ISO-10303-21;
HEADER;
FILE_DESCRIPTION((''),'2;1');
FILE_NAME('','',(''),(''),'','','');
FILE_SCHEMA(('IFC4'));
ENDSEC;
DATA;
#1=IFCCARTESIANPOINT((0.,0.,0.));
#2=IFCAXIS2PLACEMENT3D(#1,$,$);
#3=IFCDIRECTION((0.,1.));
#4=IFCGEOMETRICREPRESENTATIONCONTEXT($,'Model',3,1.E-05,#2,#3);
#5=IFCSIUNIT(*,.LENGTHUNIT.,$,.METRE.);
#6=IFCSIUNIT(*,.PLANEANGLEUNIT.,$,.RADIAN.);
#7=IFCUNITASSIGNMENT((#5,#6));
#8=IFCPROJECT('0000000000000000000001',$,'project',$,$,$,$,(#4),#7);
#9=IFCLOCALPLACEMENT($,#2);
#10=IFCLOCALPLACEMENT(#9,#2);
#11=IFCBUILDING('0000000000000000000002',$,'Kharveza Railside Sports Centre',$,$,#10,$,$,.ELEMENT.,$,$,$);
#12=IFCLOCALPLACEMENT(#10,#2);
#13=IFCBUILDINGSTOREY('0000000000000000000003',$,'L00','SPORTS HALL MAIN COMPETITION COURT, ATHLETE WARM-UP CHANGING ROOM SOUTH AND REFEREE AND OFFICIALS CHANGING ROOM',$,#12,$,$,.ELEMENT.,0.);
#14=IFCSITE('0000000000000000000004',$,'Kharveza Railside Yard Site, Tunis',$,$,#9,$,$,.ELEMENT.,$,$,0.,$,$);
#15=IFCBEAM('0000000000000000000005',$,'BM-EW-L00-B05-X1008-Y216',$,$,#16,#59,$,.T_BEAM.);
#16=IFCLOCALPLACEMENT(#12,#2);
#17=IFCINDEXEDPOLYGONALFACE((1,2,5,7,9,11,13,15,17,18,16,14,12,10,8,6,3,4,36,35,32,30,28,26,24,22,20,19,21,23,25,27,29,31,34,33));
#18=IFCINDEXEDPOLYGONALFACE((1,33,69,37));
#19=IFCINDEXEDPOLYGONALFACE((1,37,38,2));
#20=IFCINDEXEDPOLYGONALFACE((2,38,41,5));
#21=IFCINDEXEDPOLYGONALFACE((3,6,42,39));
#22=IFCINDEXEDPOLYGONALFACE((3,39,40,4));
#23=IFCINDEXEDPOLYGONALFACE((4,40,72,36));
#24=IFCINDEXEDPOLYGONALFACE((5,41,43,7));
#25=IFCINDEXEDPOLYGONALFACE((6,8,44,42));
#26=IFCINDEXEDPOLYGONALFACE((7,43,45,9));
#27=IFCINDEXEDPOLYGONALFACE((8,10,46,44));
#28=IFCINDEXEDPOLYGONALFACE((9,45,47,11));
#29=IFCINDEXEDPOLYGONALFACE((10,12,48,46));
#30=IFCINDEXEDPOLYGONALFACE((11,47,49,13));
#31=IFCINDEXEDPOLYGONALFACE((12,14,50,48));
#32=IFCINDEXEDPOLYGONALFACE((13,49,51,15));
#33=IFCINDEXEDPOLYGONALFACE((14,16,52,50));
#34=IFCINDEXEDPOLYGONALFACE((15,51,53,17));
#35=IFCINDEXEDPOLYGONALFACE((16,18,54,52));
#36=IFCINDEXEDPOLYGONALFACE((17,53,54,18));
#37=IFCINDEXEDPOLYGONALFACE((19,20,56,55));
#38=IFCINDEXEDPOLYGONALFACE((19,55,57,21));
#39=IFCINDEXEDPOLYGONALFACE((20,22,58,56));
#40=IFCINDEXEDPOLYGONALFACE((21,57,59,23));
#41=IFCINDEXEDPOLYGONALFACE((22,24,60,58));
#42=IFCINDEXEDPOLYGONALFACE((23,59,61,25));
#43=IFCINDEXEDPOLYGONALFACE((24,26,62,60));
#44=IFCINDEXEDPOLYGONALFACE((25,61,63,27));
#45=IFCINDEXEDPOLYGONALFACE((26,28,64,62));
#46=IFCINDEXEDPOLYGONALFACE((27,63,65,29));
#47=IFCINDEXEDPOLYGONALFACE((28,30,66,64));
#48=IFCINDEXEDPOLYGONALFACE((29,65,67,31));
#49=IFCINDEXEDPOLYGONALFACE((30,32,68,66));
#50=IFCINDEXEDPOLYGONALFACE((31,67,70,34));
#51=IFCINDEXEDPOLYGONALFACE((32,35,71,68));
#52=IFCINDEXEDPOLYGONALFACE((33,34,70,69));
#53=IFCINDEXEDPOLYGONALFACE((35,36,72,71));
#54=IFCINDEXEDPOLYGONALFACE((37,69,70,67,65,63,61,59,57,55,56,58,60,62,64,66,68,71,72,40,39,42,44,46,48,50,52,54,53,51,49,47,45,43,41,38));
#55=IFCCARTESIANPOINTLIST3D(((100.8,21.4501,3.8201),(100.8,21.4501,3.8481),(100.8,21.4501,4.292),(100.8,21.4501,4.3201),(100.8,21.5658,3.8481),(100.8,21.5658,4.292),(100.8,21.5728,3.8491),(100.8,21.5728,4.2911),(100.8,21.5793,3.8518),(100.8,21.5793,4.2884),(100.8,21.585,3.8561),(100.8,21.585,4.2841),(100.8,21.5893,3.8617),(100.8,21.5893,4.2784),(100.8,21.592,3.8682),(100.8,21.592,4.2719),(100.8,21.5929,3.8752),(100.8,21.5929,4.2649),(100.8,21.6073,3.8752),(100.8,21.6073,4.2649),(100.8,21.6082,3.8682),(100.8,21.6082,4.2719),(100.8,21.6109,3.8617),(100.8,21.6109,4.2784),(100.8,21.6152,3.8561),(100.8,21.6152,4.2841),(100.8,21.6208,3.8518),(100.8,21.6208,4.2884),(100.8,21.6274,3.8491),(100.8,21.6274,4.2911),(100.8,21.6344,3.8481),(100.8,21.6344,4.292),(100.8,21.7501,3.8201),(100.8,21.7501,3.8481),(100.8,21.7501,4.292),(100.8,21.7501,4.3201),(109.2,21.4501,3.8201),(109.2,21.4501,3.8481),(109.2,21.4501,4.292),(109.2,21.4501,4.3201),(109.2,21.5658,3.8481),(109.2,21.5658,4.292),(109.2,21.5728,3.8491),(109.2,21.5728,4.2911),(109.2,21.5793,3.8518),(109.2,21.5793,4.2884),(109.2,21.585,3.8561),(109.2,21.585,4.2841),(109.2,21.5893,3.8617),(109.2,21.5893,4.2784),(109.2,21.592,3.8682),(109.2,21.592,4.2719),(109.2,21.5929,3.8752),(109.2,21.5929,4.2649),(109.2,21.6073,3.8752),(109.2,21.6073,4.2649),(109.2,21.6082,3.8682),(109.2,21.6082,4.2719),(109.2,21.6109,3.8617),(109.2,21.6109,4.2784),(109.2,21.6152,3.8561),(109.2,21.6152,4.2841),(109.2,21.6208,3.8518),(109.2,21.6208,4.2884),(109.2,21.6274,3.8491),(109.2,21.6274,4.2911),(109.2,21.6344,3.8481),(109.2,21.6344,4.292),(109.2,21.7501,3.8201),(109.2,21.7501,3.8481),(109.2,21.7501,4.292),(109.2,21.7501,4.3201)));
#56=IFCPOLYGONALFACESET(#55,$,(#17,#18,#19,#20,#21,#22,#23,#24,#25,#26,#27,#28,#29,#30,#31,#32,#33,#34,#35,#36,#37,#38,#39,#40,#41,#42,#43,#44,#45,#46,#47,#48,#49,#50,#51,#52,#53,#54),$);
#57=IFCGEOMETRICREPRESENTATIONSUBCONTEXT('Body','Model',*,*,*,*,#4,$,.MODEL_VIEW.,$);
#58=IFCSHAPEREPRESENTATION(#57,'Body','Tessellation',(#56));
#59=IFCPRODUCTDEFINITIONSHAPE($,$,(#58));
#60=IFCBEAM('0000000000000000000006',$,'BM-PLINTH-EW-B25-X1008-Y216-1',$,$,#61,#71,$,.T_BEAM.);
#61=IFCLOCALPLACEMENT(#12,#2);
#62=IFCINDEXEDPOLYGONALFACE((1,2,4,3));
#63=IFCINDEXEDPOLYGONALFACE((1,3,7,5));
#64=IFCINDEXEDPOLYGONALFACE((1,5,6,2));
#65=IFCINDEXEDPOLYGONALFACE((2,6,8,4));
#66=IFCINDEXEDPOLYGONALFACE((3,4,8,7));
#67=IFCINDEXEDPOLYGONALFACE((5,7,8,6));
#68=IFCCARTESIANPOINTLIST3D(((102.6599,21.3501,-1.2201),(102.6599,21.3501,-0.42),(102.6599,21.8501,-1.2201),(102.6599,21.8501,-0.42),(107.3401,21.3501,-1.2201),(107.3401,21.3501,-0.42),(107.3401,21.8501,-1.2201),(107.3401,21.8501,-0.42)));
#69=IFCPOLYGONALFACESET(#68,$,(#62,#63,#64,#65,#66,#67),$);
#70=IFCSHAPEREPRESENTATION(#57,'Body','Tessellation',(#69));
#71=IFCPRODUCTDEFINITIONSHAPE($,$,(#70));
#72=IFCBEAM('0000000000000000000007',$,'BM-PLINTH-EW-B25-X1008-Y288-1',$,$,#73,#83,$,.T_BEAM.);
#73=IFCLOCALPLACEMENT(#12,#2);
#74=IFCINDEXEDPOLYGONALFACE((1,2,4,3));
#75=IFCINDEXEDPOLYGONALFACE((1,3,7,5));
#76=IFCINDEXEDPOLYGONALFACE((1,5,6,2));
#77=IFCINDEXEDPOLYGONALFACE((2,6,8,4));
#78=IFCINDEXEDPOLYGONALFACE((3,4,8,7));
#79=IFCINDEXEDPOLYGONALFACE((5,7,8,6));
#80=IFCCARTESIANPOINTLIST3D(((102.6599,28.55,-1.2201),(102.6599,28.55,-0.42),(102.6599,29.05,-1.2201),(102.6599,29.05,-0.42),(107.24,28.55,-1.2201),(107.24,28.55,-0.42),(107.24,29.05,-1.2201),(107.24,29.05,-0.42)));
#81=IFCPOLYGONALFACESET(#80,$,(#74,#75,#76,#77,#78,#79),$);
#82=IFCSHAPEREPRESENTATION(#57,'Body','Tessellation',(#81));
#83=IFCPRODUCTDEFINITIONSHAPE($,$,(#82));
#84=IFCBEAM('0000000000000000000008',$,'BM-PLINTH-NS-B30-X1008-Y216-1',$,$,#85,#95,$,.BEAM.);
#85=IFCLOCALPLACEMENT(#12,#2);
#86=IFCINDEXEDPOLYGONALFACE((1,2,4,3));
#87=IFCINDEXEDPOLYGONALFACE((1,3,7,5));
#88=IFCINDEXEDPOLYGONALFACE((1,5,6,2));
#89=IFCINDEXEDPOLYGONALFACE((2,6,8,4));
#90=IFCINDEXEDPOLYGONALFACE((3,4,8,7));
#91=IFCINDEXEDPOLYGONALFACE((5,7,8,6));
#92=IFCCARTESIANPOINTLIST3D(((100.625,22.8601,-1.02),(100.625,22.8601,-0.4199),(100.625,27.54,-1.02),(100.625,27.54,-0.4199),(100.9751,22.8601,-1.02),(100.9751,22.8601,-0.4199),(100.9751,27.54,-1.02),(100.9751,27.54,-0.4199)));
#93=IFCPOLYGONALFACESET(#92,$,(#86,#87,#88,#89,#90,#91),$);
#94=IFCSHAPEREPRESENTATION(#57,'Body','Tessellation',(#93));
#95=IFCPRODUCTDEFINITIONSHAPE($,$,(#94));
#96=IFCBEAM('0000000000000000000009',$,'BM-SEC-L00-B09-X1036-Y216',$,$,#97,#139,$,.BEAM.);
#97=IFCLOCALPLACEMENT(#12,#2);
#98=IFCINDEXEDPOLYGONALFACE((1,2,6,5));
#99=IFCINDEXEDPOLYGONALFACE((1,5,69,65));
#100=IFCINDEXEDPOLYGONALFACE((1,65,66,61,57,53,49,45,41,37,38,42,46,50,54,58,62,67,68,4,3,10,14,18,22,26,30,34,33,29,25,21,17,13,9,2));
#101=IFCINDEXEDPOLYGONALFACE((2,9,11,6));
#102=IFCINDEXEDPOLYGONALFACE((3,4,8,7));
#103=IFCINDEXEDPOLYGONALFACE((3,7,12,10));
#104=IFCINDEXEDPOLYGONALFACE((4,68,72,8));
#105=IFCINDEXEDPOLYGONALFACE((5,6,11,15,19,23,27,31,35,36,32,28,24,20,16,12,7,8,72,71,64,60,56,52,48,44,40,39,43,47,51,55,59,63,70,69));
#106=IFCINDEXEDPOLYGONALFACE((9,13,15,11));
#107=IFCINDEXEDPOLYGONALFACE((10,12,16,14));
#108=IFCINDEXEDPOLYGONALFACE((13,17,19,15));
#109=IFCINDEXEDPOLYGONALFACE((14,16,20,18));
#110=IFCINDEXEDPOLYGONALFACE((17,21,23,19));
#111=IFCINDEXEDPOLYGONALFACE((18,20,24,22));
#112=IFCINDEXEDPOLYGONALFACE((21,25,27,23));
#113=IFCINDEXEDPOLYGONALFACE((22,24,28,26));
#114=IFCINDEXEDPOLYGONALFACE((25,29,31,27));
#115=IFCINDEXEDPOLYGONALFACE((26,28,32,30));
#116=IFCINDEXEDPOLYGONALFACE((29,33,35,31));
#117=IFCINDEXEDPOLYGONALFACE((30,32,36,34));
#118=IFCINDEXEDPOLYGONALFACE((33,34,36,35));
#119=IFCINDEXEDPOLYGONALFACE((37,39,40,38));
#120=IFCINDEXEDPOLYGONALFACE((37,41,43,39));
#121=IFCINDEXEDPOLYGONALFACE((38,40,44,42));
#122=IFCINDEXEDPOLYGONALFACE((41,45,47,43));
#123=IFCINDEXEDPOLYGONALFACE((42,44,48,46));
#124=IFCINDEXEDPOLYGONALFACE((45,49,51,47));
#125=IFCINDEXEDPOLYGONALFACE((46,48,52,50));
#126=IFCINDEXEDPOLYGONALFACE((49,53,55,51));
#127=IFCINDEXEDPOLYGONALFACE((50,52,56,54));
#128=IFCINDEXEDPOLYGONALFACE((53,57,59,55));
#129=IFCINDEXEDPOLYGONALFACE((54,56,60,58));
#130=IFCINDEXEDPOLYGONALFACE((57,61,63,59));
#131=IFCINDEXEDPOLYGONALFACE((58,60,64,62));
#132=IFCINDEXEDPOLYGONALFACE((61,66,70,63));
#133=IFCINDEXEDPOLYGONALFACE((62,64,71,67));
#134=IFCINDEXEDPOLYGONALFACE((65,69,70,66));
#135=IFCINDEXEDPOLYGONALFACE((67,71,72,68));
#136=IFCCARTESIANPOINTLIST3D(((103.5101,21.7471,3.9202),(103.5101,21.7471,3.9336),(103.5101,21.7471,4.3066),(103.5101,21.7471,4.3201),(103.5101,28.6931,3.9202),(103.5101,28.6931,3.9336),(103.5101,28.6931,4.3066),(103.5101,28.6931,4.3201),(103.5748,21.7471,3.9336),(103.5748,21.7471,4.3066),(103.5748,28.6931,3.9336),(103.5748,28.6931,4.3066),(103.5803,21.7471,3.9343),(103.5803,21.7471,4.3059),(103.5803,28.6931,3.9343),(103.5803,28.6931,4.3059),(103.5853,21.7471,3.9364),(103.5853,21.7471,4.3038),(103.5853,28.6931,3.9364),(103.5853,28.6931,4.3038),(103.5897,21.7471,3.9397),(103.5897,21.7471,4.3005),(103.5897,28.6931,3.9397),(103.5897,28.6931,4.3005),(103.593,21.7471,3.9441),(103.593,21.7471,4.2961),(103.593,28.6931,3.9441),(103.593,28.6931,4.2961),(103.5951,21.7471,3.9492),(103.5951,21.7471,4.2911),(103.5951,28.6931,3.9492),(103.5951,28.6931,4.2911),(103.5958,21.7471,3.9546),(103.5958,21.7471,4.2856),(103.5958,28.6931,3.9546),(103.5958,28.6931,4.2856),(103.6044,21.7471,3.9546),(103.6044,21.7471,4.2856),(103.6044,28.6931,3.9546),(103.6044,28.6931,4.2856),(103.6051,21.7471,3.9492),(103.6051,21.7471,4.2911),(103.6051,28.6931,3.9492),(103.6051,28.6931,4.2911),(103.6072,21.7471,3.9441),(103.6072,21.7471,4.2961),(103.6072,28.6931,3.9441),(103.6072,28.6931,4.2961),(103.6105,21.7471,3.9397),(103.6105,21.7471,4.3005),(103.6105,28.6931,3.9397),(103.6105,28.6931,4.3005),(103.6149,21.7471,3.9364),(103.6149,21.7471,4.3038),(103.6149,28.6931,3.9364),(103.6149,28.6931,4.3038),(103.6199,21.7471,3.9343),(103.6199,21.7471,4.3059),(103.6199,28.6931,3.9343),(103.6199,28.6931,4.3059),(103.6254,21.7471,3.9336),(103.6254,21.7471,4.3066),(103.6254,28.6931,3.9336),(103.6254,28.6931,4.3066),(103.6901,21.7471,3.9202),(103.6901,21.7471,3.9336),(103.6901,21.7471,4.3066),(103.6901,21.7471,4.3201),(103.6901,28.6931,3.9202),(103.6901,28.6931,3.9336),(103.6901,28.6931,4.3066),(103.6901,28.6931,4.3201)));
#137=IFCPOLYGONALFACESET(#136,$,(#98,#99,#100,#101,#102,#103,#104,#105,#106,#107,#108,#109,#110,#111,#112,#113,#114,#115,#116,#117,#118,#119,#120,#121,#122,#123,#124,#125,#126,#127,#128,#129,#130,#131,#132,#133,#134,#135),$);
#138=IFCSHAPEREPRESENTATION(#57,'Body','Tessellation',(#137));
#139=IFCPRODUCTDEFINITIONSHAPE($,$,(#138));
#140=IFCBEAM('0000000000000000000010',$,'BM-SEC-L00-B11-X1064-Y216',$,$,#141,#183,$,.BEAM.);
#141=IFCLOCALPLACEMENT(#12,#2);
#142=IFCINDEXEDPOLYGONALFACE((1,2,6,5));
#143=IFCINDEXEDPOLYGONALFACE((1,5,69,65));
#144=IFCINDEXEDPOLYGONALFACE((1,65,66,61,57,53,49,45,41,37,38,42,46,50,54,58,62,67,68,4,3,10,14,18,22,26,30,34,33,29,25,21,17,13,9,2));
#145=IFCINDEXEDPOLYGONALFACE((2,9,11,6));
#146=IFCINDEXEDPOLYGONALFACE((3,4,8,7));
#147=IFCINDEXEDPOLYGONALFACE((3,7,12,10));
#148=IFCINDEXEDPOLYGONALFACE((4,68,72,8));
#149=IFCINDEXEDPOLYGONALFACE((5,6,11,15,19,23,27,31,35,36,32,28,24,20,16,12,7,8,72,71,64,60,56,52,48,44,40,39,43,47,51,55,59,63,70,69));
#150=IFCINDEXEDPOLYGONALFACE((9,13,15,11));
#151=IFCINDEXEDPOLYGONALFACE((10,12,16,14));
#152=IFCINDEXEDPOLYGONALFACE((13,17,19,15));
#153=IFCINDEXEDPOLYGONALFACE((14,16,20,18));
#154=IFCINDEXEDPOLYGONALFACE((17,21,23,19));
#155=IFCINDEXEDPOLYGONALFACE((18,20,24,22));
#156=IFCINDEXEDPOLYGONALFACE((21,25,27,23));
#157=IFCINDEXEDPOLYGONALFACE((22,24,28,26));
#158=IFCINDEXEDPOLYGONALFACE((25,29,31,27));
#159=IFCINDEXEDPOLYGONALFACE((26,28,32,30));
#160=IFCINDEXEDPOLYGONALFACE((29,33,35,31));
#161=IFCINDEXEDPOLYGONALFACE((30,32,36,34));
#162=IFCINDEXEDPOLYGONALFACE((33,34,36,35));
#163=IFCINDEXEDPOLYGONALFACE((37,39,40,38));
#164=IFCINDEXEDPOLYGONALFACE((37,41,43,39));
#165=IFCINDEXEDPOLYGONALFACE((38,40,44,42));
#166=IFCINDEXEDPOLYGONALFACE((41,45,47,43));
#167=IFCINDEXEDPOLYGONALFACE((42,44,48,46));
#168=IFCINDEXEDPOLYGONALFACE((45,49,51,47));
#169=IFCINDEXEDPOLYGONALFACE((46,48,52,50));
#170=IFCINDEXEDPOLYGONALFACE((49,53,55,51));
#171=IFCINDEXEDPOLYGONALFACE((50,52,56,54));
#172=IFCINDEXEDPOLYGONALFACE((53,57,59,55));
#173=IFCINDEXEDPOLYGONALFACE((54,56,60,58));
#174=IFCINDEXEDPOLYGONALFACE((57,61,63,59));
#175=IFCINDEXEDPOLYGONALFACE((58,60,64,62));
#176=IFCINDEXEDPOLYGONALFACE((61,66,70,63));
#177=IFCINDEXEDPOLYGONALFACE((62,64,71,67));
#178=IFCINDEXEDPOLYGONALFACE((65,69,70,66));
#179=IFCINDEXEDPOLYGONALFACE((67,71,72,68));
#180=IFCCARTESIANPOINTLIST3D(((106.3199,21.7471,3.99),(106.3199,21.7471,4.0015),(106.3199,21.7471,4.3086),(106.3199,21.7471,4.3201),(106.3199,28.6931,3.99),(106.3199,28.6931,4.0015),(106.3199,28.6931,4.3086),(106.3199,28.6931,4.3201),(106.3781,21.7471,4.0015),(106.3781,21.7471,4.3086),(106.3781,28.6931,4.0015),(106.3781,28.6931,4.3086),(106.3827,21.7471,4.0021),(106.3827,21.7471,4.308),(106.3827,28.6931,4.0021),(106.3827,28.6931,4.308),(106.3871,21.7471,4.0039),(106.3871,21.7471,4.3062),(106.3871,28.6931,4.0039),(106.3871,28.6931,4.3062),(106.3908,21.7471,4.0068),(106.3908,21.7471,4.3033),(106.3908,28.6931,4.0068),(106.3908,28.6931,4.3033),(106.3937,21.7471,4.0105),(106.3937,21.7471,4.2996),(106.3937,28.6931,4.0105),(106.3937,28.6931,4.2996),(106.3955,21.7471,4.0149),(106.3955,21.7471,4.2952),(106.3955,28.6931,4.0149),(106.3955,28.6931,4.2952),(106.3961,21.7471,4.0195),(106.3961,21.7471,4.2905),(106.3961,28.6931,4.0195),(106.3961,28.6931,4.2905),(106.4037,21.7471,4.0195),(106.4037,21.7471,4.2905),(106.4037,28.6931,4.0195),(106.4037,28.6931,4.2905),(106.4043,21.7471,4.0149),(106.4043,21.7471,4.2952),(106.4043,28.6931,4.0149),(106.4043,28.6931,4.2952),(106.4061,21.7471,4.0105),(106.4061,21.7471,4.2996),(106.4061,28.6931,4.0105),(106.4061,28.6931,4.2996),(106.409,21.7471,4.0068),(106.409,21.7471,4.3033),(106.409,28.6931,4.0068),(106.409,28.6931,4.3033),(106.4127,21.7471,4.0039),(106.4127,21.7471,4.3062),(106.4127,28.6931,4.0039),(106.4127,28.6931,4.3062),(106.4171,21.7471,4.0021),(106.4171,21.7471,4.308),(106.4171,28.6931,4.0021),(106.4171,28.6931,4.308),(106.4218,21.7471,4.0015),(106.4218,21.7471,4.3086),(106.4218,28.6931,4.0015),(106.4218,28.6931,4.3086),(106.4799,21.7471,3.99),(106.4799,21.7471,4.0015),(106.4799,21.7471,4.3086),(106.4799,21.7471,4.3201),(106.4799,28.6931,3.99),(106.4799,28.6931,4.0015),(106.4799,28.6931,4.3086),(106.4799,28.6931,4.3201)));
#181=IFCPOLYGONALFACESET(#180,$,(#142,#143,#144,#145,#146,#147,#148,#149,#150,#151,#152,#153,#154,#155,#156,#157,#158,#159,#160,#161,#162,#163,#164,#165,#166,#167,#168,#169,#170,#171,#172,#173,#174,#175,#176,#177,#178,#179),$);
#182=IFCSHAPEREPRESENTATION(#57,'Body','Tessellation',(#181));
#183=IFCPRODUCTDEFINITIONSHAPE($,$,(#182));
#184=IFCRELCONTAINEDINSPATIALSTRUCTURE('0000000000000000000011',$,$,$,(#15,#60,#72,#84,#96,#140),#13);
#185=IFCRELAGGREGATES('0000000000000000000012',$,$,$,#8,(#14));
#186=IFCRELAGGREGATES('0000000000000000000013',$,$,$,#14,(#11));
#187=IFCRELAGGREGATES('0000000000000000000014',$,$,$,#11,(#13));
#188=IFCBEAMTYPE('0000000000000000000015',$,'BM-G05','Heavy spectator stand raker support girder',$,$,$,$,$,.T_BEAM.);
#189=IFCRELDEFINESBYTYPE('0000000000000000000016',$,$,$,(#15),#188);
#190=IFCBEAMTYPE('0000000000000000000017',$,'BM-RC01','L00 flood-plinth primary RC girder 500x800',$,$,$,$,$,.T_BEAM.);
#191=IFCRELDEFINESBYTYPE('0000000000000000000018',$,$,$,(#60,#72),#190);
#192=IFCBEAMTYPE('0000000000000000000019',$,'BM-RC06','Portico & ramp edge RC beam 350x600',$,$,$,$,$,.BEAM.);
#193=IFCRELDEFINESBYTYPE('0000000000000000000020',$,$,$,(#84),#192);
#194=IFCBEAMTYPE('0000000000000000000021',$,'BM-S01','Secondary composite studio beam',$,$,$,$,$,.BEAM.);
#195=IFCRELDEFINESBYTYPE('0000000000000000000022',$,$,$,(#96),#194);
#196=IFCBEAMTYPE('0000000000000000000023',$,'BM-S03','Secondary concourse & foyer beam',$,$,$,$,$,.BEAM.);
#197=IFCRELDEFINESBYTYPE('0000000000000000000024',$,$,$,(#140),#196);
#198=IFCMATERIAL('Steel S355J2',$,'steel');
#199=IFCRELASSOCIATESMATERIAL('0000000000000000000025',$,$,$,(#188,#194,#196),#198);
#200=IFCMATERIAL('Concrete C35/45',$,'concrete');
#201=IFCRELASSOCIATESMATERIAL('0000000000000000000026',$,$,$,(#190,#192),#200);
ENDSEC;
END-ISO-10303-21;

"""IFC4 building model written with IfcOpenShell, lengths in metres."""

from ifc_helpers import new_model, si_unit, direction, frame, origin, origin_2d, place, context, subcontext, project, spatial, rectangle, i_section, extrude, material, material_profile, profile_set, type_object, element, save


model = new_model("IFC4")

# Units and contexts
model_context = context("Model", 3, precision=1e-05, world=origin(), true_north=direction((0.0, 1.0)))
body_context = subcontext(model_context, "Body", "Model", "MODEL_VIEW")
ifc_project = project(units=[si_unit("LENGTHUNIT", "METRE"), si_unit("PLANEANGLEUNIT", "RADIAN")], contexts=[model_context])

# Site, building, storey
site_placement = place(None, origin())
site = spatial("IfcSite", under=ifc_project, at=site_placement, Name="Kharveza Railside Yard Site, Tunis", CompositionType="ELEMENT", RefElevation=0.0)
building_placement = place(site_placement, origin())
building = spatial("IfcBuilding", under=site, at=building_placement, Name="Kharveza Railside Sports Centre", CompositionType="ELEMENT")
storey_placement = place(building_placement, origin())
storey = spatial("IfcBuildingStorey", under=building, at=storey_placement, Name="L00", Description="SPORTS HALL MAIN COMPETITION COURT, ATHLETE WARM-UP CHANGING ROOM SOUTH AND REFEREE AND OFFICIALS CHANGING ROOM", CompositionType="ELEMENT", Elevation=0.0)

# Shared definitions
ifc_material_1 = material(Name="Concrete C35/45", Category="concrete")

# Shared definitions
ifc_material_2 = material(Name="Steel S355J2", Category="steel")

# Beams
ifc_material_profile_1 = material_profile(ifc_material_2, i_section(OverallWidth=0.3, OverallDepth=0.5, WebThickness=0.0144, FlangeThickness=0.0281, FilletRadius=0.0271, at=origin_2d()), Name="HEB 500")
ifc_profile_set_1 = profile_set([ifc_material_profile_1], Name="Steel S355J2")
beam_type_1 = type_object("IfcBeamType", Name="BM-G05", Description="Heavy spectator stand raker support girder", PredefinedType="T_BEAM", material=ifc_profile_set_1)
beam_1_placement = place(storey_placement, frame((100.8, 21.6001, 4.0701), z_axis=(1.0, 0.0, 0.0), x_axis=(0.0, 1.0, 0.0)))
element("IfcBeam", 1, at=beam_1_placement, inside=storey, type_object=beam_type_1, Name="BM-EW-L00-B05-X1008-Y216", PredefinedType="T_BEAM", context=body_context, shape_type="SweptSolid", body=[
    extrude(i_section(OverallWidth=0.3, OverallDepth=0.5, WebThickness=0.0144, FlangeThickness=0.0281, FilletRadius=0.0271, at=origin_2d()), origin(), (0.0, 0.0, 1.0), 8.3999),
])
ifc_material_profile_2 = material_profile(ifc_material_1, rectangle(XDim=0.5, YDim=0.8, at=origin_2d()), Name="RCB 500x800")
ifc_profile_set_2 = profile_set([ifc_material_profile_2], Name="Concrete C35/45")
beam_type_2 = type_object("IfcBeamType", Name="BM-RC01", Description="L00 flood-plinth primary RC girder 500x800", PredefinedType="T_BEAM", material=ifc_profile_set_2)
beam_2_placement = place(storey_placement, frame((102.6599, 21.6001, -0.8201), z_axis=(1.0, 0.0, 0.0), x_axis=(0.0, 1.0, 0.0)))
element("IfcBeam", 2, at=beam_2_placement, inside=storey, type_object=beam_type_2, Name="BM-PLINTH-EW-B25-X1008-Y216-1", PredefinedType="T_BEAM", context=body_context, shape_type="SweptSolid", body=[
    extrude(rectangle(XDim=0.5, YDim=0.8, at=origin_2d()), origin(), (0.0, 0.0, 1.0), 4.6802),
])
beam_3_placement = place(storey_placement, frame((102.6599, 28.8, -0.8201), z_axis=(1.0, 0.0, 0.0), x_axis=(0.0, 1.0, 0.0)))
element("IfcBeam", 3, at=beam_3_placement, inside=storey, type_object=beam_type_2, Name="BM-PLINTH-EW-B25-X1008-Y288-1", PredefinedType="T_BEAM", context=body_context, shape_type="SweptSolid", body=[
    extrude(rectangle(XDim=0.5, YDim=0.8, at=origin_2d()), origin(), (0.0, 0.0, 1.0), 4.5801),
])
ifc_material_profile_3 = material_profile(ifc_material_1, rectangle(XDim=0.3501, YDim=0.6001, at=origin_2d()), Name="RCB 350x600")
ifc_profile_set_3 = profile_set([ifc_material_profile_3], Name="Concrete C35/45")
beam_type_3 = type_object("IfcBeamType", Name="BM-RC06", Description="Portico & ramp edge RC beam 350x600", PredefinedType="BEAM", material=ifc_profile_set_3)
beam_4_placement = place(storey_placement, frame((100.8, 22.8601, -0.72), z_axis=(0.0, 1.0, 0.0), x_axis=(-1.0, 0.0, 0.0)))
element("IfcBeam", 4, at=beam_4_placement, inside=storey, type_object=beam_type_3, Name="BM-PLINTH-NS-B30-X1008-Y216-1", PredefinedType="BEAM", context=body_context, shape_type="SweptSolid", body=[
    extrude(rectangle(XDim=0.3501, YDim=0.6001, at=origin_2d()), origin(), (0.0, 0.0, 1.0), 4.6799),
])
ifc_material_profile_4 = material_profile(ifc_material_2, i_section(OverallWidth=0.1799, OverallDepth=0.3999, WebThickness=0.0085, FlangeThickness=0.0134, FilletRadius=0.021, at=origin_2d()), Name="IPE 400")
ifc_profile_set_4 = profile_set([ifc_material_profile_4], Name="Steel S355J2")
beam_type_4 = type_object("IfcBeamType", Name="BM-S01", Description="Secondary composite studio beam", PredefinedType="BEAM", material=ifc_profile_set_4)
beam_5_placement = place(storey_placement, frame((103.6001, 21.7471, 4.1201), z_axis=(0.0, 1.0, 0.0), x_axis=(-1.0, 0.0, 0.0)))
element("IfcBeam", 5, at=beam_5_placement, inside=storey, type_object=beam_type_4, Name="BM-SEC-L00-B09-X1036-Y216", PredefinedType="BEAM", context=body_context, shape_type="SweptSolid", body=[
    extrude(i_section(OverallWidth=0.1799, OverallDepth=0.3999, WebThickness=0.0085, FlangeThickness=0.0134, FilletRadius=0.021, at=origin_2d()), origin(), (0.0, 0.0, 1.0), 6.946),
])
ifc_material_profile_5 = material_profile(ifc_material_2, i_section(OverallWidth=0.1599, OverallDepth=0.3301, WebThickness=0.0076, FlangeThickness=0.0115, FilletRadius=0.0181, at=origin_2d()), Name="IPE 330")
ifc_profile_set_5 = profile_set([ifc_material_profile_5], Name="Steel S355J2")
beam_type_5 = type_object("IfcBeamType", Name="BM-S03", Description="Secondary concourse & foyer beam", PredefinedType="BEAM", material=ifc_profile_set_5)
beam_6_placement = place(storey_placement, frame((106.3999, 21.7471, 4.155), z_axis=(0.0, 1.0, 0.0), x_axis=(-1.0, 0.0, 0.0)))
element("IfcBeam", 6, at=beam_6_placement, inside=storey, type_object=beam_type_5, Name="BM-SEC-L00-B11-X1064-Y216", PredefinedType="BEAM", context=body_context, shape_type="SweptSolid", body=[
    extrude(i_section(OverallWidth=0.1599, OverallDepth=0.3301, WebThickness=0.0076, FlangeThickness=0.0115, FilletRadius=0.0181, at=origin_2d()), origin(), (0.0, 0.0, 1.0), 6.946),
])

save(model, "model.ifc")
